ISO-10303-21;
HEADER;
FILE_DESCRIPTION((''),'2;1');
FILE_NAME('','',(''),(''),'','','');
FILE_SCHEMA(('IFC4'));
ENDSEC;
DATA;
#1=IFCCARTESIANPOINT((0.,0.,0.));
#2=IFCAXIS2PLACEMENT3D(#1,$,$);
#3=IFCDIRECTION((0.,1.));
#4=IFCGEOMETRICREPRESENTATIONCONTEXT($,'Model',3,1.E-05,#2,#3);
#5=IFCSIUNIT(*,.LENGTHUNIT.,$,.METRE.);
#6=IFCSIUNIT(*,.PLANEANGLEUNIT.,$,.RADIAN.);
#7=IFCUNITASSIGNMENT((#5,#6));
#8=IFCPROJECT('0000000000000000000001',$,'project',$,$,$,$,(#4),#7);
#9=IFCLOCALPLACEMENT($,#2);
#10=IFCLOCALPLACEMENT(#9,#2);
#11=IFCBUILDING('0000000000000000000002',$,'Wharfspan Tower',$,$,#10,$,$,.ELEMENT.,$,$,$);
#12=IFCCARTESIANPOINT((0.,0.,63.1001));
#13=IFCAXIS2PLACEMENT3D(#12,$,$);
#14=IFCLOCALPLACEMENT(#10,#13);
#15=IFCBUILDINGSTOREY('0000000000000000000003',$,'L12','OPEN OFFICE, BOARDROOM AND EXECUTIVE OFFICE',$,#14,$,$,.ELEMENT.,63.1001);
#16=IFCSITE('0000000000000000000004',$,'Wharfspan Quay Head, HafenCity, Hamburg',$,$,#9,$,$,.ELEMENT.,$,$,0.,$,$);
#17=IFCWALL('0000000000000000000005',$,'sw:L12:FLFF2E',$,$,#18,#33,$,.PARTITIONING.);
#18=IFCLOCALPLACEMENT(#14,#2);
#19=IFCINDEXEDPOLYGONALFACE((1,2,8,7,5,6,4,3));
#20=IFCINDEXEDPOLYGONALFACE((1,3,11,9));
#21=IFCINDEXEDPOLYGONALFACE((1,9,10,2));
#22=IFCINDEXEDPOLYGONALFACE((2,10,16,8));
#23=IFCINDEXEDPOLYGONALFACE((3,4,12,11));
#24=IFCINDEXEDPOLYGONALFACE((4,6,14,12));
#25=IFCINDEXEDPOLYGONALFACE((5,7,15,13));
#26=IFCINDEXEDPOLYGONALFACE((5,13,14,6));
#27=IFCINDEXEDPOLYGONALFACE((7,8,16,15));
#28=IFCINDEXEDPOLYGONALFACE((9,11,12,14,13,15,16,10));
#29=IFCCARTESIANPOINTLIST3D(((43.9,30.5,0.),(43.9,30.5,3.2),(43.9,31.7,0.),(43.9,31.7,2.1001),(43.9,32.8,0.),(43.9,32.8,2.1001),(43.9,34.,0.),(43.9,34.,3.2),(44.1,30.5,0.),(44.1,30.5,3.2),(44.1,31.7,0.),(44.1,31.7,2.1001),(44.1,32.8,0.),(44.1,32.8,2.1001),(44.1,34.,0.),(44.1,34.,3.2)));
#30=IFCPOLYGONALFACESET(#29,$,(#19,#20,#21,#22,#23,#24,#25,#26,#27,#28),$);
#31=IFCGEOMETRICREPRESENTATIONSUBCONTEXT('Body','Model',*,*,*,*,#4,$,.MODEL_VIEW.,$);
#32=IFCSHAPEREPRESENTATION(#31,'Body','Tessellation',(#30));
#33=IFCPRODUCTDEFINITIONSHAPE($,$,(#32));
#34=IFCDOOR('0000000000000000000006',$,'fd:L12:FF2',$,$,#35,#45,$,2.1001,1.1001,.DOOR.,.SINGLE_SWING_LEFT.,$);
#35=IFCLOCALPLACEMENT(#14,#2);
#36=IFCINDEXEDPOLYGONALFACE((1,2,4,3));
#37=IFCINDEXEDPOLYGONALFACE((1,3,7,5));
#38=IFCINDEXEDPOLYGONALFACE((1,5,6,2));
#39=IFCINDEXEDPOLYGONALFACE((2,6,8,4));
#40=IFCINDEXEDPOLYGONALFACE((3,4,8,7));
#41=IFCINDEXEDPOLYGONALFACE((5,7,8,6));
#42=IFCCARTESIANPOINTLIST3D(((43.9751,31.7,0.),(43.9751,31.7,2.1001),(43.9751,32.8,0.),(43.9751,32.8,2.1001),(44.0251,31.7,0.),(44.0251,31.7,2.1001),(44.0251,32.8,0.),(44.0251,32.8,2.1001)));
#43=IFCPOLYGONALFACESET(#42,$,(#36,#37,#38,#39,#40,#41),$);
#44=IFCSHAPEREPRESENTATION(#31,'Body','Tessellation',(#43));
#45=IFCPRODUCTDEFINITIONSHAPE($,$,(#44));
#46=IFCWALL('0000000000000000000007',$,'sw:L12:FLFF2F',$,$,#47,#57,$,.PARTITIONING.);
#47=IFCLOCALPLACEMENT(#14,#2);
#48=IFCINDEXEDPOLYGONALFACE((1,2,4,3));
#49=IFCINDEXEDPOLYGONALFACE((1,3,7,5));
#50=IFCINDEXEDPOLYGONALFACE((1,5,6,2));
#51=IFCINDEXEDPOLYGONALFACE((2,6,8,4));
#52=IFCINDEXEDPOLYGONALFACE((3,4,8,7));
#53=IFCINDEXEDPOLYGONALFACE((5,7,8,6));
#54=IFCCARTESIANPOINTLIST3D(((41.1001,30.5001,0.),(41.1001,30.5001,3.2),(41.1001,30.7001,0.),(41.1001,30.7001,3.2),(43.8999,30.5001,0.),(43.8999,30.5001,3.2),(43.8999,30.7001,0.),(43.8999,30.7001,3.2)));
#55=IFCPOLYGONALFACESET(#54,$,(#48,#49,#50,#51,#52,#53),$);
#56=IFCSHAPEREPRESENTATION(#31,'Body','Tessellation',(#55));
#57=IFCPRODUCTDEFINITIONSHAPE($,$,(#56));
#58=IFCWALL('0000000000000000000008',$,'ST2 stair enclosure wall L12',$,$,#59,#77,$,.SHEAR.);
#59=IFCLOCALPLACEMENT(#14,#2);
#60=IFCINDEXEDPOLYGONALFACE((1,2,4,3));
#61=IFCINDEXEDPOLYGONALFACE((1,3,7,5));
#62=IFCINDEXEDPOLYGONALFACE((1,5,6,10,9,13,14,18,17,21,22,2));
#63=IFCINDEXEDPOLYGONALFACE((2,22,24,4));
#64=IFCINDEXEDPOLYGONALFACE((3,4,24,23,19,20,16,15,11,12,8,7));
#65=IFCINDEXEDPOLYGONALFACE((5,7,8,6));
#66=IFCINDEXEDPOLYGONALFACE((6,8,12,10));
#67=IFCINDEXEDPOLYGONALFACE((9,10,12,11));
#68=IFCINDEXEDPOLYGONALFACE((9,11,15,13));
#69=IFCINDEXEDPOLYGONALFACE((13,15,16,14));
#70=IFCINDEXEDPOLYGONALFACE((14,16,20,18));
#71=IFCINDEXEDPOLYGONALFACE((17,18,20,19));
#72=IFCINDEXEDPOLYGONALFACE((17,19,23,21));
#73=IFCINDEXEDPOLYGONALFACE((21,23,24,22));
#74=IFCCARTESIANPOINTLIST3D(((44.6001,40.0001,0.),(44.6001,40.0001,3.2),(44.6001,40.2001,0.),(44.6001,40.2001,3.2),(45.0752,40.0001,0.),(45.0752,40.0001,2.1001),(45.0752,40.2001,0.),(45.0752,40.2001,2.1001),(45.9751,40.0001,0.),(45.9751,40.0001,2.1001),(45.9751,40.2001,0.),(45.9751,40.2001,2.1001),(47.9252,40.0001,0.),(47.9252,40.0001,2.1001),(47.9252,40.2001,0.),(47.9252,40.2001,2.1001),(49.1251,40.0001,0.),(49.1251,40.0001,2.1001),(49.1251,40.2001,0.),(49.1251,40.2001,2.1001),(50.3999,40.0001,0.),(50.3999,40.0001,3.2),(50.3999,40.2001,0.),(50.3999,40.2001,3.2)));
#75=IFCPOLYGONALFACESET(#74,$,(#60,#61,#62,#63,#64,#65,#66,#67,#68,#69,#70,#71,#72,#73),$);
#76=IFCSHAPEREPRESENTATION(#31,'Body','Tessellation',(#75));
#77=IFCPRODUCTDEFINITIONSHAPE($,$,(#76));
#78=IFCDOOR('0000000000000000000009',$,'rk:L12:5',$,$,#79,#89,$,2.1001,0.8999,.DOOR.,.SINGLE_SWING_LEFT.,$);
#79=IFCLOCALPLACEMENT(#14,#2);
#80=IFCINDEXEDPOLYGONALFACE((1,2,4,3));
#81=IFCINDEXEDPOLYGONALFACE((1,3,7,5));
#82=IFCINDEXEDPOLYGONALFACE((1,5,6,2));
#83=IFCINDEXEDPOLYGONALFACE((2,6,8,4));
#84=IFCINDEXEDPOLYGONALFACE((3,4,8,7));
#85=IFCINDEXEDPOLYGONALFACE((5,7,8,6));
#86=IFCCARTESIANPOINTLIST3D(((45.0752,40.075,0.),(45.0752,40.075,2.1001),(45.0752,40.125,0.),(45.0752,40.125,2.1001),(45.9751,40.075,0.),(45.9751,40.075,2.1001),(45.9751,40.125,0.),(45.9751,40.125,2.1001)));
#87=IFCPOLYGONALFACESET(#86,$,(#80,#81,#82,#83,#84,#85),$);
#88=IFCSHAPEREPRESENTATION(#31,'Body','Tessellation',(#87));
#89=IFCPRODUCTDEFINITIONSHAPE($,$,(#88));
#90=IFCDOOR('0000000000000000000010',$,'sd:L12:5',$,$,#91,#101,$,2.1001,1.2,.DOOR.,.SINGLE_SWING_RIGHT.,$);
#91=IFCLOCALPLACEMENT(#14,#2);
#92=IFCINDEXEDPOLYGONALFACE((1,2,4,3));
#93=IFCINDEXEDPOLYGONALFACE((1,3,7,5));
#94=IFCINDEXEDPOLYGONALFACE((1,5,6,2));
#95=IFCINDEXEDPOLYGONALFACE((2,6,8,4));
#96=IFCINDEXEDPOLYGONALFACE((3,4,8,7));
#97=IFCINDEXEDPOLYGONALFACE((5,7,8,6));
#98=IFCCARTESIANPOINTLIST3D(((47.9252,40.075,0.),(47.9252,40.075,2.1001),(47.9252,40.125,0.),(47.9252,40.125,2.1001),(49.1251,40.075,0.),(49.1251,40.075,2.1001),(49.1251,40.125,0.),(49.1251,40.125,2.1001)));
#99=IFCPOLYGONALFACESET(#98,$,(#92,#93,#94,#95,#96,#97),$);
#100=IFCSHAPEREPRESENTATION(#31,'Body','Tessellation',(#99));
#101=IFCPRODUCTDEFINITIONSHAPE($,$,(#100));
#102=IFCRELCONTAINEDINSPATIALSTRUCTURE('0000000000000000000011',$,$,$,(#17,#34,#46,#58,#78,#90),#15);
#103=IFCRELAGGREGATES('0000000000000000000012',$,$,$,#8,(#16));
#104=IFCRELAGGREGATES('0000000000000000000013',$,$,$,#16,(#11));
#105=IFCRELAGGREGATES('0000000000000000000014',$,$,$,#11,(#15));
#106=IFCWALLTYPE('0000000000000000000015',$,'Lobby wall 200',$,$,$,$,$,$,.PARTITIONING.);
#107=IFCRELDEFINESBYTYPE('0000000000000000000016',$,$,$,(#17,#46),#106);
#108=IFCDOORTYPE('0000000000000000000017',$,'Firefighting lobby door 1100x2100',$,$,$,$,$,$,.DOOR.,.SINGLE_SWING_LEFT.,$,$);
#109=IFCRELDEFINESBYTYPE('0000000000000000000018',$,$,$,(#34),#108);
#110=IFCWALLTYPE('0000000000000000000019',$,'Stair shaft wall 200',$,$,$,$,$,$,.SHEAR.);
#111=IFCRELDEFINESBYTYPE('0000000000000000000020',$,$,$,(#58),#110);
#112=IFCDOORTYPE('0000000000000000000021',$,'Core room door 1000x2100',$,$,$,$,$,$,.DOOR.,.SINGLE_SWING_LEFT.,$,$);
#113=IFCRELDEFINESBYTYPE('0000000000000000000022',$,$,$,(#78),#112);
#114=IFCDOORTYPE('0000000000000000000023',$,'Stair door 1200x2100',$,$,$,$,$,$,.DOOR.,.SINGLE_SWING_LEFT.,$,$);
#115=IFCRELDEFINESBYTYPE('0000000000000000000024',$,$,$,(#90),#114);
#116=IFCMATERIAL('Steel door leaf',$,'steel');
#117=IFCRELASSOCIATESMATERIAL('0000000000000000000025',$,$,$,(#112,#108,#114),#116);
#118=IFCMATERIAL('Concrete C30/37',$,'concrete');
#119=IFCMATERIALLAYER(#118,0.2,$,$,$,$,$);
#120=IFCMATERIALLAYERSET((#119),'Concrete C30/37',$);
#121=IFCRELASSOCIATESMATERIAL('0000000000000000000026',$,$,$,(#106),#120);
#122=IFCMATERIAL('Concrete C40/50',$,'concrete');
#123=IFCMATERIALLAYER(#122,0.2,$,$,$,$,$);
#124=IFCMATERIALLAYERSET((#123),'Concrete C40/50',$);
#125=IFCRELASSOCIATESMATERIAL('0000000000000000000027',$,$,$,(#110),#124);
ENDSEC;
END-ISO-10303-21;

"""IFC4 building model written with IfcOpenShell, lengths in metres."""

from ifc_helpers import new_model, si_unit, direction, frame, frame_2d, origin, place, context, subcontext, project, spatial, rectangle, extrude, material, layer, layer_set, type_object, element, fill, save


model = new_model("IFC4")

# Units and contexts
model_context = context("Model", 3, precision=1e-05, world=origin(), true_north=direction((0.0, 1.0)))
body_context = subcontext(model_context, "Body", "Model", "MODEL_VIEW")
ifc_project = project(units=[si_unit("LENGTHUNIT", "METRE"), si_unit("PLANEANGLEUNIT", "RADIAN")], contexts=[model_context])

# Site, building, storey
site_placement = place(None, origin())
site = spatial("IfcSite", under=ifc_project, at=site_placement, Name="Wharfspan Quay Head, HafenCity, Hamburg", CompositionType="ELEMENT", RefElevation=0.0)
building_placement = place(site_placement, origin())
building = spatial("IfcBuilding", under=site, at=building_placement, Name="Wharfspan Tower", CompositionType="ELEMENT")
storey_placement = place(building_placement, frame((0.0, 0.0, 63.1001)))
storey = spatial("IfcBuildingStorey", under=building, at=storey_placement, Name="L12", Description="OPEN OFFICE, BOARDROOM AND EXECUTIVE OFFICE", CompositionType="ELEMENT", Elevation=63.1001)

# Shared definitions
ifc_material_1 = material(Name="Steel door leaf", Category="steel")
door_type_1 = type_object("IfcDoorType", Name="Core room door 1000x2100", OperationType="SINGLE_SWING_LEFT", PredefinedType="DOOR", material=ifc_material_1)

# Shared definitions
ifc_material_2 = material(Name="Concrete C30/37", Category="concrete")
ifc_layer_1 = layer(ifc_material_2, 0.2)
ifc_layer_set_1 = layer_set([ifc_layer_1], Name="Concrete C30/37")
wall_type_1 = type_object("IfcWallType", Name="Lobby wall 200", PredefinedType="PARTITIONING", material=ifc_layer_set_1)

# Wall, opening, door
wall_1_placement = place(storey_placement, frame((44.0, 30.5, 0.0), z_axis=(0.0, 0.0, 1.0), x_axis=(0.0, 1.0, 0.0)))
wall_1 = element("IfcWall", 1, at=wall_1_placement, inside=storey, type_object=wall_type_1, Name="sw:L12:FLFF2E", PredefinedType="PARTITIONING", context=body_context, shape_type="SweptSolid", body=[
    extrude(rectangle(XDim=3.5, YDim=0.2, at=frame_2d((1.75, 0.0))), origin(), (0.0, 0.0, 1.0), 3.2),
])
opening_1_placement = place(wall_1_placement, frame((1.2, 0.0, 0.0)))
opening_1 = element("IfcOpeningElement", 2, at=opening_1_placement, cuts=wall_1, PredefinedType="OPENING", context=body_context, shape_type="SweptSolid", body=[
    extrude(rectangle(XDim=1.1001, YDim=2.1001, at=frame_2d((0.55, 1.05))), frame((0.0, 0.1099, 0.0), z_axis=(0.0, -1.0, 0.0), x_axis=(1.0, 0.0, 0.0)), (0.0, 0.0, 1.0), 0.22),
])
door_type_2 = type_object("IfcDoorType", Name="Firefighting lobby door 1100x2100", OperationType="SINGLE_SWING_LEFT", PredefinedType="DOOR", material=ifc_material_1)
door_1_placement = place(opening_1_placement, origin())
door_1 = element("IfcDoor", 3, at=door_1_placement, inside=storey, type_object=door_type_2, Name="fd:L12:FF2", OperationType="SINGLE_SWING_LEFT", OverallHeight=2.1001, OverallWidth=1.1001, PredefinedType="DOOR", context=body_context, shape_type="SweptSolid", body=[
    extrude(rectangle(XDim=1.1001, YDim=2.1001, at=frame_2d((0.55, 1.05))), frame((0.0, 0.0249, 0.0), z_axis=(0.0, -1.0, 0.0), x_axis=(1.0, 0.0, 0.0)), (0.0, 0.0, 1.0), 0.05),
])
fill(opening_1, door_1)

# Wall
wall_2_placement = place(storey_placement, frame((41.1001, 30.6001, 0.0), z_axis=(0.0, 0.0, 1.0), x_axis=(1.0, 0.0, 0.0)))
element("IfcWall", 4, at=wall_2_placement, inside=storey, type_object=wall_type_1, Name="sw:L12:FLFF2F", PredefinedType="PARTITIONING", context=body_context, shape_type="SweptSolid", body=[
    extrude(rectangle(XDim=2.7998, YDim=0.2, at=frame_2d((1.3999, 0.0))), origin(), (0.0, 0.0, 1.0), 3.2),
])

# Wall, openings, doors
ifc_material_3 = material(Name="Concrete C40/50", Category="concrete")
ifc_layer_2 = layer(ifc_material_3, 0.2)
ifc_layer_set_2 = layer_set([ifc_layer_2], Name="Concrete C40/50")
wall_type_2 = type_object("IfcWallType", Name="Stair shaft wall 200", PredefinedType="SHEAR", material=ifc_layer_set_2)
wall_3_placement = place(storey_placement, frame((44.6001, 40.1001, 0.0), z_axis=(0.0, 0.0, 1.0), x_axis=(1.0, 0.0, 0.0)))
wall_3 = element("IfcWall", 5, at=wall_3_placement, inside=storey, type_object=wall_type_2, Name="ST2 stair enclosure wall L12", PredefinedType="SHEAR", context=body_context, shape_type="SweptSolid", body=[
    extrude(rectangle(XDim=5.7998, YDim=0.2, at=frame_2d((2.8999, 0.0))), origin(), (0.0, 0.0, 1.0), 3.2),
])
opening_2_placement = place(wall_3_placement, frame((3.325, 0.0, 0.0)))
opening_2 = element("IfcOpeningElement", 6, at=opening_2_placement, cuts=wall_3, PredefinedType="OPENING", context=body_context, shape_type="SweptSolid", body=[
    extrude(rectangle(XDim=1.2, YDim=2.1001, at=frame_2d((0.6001, 1.05))), frame((0.0, 0.1099, 0.0), z_axis=(0.0, -1.0, 0.0), x_axis=(1.0, 0.0, 0.0)), (0.0, 0.0, 1.0), 0.22),
])
opening_3_placement = place(wall_3_placement, frame((0.4751, 0.0, 0.0)))
opening_3 = element("IfcOpeningElement", 7, at=opening_3_placement, cuts=wall_3, PredefinedType="OPENING", context=body_context, shape_type="SweptSolid", body=[
    extrude(rectangle(XDim=0.8999, YDim=2.1001, at=frame_2d((0.45, 1.05))), frame((0.0, 0.1099, 0.0), z_axis=(0.0, -1.0, 0.0), x_axis=(1.0, 0.0, 0.0)), (0.0, 0.0, 1.0), 0.22),
])
door_2_placement = place(opening_3_placement, origin())
door_2 = element("IfcDoor", 8, at=door_2_placement, inside=storey, type_object=door_type_1, Name="rk:L12:5", OperationType="SINGLE_SWING_LEFT", OverallHeight=2.1001, OverallWidth=0.8999, PredefinedType="DOOR", context=body_context, shape_type="SweptSolid", body=[
    extrude(rectangle(XDim=0.8999, YDim=2.1001, at=frame_2d((0.45, 1.05))), frame((0.0, 0.0249, 0.0), z_axis=(0.0, -1.0, 0.0), x_axis=(1.0, 0.0, 0.0)), (0.0, 0.0, 1.0), 0.05),
])
fill(opening_3, door_2)
door_type_3 = type_object("IfcDoorType", Name="Stair door 1200x2100", OperationType="SINGLE_SWING_LEFT", PredefinedType="DOOR", material=ifc_material_1)
door_3_placement = place(opening_2_placement, origin())
door_3 = element("IfcDoor", 9, at=door_3_placement, inside=storey, type_object=door_type_3, Name="sd:L12:5", OperationType="SINGLE_SWING_RIGHT", OverallHeight=2.1001, OverallWidth=1.2, PredefinedType="DOOR", context=body_context, shape_type="SweptSolid", body=[
    extrude(rectangle(XDim=1.2, YDim=2.1001, at=frame_2d((0.6001, 1.05))), frame((0.0, 0.0249, 0.0), z_axis=(0.0, -1.0, 0.0), x_axis=(1.0, 0.0, 0.0)), (0.0, 0.0, 1.0), 0.05),
])
fill(opening_2, door_3)

save(model, "model.ifc")
